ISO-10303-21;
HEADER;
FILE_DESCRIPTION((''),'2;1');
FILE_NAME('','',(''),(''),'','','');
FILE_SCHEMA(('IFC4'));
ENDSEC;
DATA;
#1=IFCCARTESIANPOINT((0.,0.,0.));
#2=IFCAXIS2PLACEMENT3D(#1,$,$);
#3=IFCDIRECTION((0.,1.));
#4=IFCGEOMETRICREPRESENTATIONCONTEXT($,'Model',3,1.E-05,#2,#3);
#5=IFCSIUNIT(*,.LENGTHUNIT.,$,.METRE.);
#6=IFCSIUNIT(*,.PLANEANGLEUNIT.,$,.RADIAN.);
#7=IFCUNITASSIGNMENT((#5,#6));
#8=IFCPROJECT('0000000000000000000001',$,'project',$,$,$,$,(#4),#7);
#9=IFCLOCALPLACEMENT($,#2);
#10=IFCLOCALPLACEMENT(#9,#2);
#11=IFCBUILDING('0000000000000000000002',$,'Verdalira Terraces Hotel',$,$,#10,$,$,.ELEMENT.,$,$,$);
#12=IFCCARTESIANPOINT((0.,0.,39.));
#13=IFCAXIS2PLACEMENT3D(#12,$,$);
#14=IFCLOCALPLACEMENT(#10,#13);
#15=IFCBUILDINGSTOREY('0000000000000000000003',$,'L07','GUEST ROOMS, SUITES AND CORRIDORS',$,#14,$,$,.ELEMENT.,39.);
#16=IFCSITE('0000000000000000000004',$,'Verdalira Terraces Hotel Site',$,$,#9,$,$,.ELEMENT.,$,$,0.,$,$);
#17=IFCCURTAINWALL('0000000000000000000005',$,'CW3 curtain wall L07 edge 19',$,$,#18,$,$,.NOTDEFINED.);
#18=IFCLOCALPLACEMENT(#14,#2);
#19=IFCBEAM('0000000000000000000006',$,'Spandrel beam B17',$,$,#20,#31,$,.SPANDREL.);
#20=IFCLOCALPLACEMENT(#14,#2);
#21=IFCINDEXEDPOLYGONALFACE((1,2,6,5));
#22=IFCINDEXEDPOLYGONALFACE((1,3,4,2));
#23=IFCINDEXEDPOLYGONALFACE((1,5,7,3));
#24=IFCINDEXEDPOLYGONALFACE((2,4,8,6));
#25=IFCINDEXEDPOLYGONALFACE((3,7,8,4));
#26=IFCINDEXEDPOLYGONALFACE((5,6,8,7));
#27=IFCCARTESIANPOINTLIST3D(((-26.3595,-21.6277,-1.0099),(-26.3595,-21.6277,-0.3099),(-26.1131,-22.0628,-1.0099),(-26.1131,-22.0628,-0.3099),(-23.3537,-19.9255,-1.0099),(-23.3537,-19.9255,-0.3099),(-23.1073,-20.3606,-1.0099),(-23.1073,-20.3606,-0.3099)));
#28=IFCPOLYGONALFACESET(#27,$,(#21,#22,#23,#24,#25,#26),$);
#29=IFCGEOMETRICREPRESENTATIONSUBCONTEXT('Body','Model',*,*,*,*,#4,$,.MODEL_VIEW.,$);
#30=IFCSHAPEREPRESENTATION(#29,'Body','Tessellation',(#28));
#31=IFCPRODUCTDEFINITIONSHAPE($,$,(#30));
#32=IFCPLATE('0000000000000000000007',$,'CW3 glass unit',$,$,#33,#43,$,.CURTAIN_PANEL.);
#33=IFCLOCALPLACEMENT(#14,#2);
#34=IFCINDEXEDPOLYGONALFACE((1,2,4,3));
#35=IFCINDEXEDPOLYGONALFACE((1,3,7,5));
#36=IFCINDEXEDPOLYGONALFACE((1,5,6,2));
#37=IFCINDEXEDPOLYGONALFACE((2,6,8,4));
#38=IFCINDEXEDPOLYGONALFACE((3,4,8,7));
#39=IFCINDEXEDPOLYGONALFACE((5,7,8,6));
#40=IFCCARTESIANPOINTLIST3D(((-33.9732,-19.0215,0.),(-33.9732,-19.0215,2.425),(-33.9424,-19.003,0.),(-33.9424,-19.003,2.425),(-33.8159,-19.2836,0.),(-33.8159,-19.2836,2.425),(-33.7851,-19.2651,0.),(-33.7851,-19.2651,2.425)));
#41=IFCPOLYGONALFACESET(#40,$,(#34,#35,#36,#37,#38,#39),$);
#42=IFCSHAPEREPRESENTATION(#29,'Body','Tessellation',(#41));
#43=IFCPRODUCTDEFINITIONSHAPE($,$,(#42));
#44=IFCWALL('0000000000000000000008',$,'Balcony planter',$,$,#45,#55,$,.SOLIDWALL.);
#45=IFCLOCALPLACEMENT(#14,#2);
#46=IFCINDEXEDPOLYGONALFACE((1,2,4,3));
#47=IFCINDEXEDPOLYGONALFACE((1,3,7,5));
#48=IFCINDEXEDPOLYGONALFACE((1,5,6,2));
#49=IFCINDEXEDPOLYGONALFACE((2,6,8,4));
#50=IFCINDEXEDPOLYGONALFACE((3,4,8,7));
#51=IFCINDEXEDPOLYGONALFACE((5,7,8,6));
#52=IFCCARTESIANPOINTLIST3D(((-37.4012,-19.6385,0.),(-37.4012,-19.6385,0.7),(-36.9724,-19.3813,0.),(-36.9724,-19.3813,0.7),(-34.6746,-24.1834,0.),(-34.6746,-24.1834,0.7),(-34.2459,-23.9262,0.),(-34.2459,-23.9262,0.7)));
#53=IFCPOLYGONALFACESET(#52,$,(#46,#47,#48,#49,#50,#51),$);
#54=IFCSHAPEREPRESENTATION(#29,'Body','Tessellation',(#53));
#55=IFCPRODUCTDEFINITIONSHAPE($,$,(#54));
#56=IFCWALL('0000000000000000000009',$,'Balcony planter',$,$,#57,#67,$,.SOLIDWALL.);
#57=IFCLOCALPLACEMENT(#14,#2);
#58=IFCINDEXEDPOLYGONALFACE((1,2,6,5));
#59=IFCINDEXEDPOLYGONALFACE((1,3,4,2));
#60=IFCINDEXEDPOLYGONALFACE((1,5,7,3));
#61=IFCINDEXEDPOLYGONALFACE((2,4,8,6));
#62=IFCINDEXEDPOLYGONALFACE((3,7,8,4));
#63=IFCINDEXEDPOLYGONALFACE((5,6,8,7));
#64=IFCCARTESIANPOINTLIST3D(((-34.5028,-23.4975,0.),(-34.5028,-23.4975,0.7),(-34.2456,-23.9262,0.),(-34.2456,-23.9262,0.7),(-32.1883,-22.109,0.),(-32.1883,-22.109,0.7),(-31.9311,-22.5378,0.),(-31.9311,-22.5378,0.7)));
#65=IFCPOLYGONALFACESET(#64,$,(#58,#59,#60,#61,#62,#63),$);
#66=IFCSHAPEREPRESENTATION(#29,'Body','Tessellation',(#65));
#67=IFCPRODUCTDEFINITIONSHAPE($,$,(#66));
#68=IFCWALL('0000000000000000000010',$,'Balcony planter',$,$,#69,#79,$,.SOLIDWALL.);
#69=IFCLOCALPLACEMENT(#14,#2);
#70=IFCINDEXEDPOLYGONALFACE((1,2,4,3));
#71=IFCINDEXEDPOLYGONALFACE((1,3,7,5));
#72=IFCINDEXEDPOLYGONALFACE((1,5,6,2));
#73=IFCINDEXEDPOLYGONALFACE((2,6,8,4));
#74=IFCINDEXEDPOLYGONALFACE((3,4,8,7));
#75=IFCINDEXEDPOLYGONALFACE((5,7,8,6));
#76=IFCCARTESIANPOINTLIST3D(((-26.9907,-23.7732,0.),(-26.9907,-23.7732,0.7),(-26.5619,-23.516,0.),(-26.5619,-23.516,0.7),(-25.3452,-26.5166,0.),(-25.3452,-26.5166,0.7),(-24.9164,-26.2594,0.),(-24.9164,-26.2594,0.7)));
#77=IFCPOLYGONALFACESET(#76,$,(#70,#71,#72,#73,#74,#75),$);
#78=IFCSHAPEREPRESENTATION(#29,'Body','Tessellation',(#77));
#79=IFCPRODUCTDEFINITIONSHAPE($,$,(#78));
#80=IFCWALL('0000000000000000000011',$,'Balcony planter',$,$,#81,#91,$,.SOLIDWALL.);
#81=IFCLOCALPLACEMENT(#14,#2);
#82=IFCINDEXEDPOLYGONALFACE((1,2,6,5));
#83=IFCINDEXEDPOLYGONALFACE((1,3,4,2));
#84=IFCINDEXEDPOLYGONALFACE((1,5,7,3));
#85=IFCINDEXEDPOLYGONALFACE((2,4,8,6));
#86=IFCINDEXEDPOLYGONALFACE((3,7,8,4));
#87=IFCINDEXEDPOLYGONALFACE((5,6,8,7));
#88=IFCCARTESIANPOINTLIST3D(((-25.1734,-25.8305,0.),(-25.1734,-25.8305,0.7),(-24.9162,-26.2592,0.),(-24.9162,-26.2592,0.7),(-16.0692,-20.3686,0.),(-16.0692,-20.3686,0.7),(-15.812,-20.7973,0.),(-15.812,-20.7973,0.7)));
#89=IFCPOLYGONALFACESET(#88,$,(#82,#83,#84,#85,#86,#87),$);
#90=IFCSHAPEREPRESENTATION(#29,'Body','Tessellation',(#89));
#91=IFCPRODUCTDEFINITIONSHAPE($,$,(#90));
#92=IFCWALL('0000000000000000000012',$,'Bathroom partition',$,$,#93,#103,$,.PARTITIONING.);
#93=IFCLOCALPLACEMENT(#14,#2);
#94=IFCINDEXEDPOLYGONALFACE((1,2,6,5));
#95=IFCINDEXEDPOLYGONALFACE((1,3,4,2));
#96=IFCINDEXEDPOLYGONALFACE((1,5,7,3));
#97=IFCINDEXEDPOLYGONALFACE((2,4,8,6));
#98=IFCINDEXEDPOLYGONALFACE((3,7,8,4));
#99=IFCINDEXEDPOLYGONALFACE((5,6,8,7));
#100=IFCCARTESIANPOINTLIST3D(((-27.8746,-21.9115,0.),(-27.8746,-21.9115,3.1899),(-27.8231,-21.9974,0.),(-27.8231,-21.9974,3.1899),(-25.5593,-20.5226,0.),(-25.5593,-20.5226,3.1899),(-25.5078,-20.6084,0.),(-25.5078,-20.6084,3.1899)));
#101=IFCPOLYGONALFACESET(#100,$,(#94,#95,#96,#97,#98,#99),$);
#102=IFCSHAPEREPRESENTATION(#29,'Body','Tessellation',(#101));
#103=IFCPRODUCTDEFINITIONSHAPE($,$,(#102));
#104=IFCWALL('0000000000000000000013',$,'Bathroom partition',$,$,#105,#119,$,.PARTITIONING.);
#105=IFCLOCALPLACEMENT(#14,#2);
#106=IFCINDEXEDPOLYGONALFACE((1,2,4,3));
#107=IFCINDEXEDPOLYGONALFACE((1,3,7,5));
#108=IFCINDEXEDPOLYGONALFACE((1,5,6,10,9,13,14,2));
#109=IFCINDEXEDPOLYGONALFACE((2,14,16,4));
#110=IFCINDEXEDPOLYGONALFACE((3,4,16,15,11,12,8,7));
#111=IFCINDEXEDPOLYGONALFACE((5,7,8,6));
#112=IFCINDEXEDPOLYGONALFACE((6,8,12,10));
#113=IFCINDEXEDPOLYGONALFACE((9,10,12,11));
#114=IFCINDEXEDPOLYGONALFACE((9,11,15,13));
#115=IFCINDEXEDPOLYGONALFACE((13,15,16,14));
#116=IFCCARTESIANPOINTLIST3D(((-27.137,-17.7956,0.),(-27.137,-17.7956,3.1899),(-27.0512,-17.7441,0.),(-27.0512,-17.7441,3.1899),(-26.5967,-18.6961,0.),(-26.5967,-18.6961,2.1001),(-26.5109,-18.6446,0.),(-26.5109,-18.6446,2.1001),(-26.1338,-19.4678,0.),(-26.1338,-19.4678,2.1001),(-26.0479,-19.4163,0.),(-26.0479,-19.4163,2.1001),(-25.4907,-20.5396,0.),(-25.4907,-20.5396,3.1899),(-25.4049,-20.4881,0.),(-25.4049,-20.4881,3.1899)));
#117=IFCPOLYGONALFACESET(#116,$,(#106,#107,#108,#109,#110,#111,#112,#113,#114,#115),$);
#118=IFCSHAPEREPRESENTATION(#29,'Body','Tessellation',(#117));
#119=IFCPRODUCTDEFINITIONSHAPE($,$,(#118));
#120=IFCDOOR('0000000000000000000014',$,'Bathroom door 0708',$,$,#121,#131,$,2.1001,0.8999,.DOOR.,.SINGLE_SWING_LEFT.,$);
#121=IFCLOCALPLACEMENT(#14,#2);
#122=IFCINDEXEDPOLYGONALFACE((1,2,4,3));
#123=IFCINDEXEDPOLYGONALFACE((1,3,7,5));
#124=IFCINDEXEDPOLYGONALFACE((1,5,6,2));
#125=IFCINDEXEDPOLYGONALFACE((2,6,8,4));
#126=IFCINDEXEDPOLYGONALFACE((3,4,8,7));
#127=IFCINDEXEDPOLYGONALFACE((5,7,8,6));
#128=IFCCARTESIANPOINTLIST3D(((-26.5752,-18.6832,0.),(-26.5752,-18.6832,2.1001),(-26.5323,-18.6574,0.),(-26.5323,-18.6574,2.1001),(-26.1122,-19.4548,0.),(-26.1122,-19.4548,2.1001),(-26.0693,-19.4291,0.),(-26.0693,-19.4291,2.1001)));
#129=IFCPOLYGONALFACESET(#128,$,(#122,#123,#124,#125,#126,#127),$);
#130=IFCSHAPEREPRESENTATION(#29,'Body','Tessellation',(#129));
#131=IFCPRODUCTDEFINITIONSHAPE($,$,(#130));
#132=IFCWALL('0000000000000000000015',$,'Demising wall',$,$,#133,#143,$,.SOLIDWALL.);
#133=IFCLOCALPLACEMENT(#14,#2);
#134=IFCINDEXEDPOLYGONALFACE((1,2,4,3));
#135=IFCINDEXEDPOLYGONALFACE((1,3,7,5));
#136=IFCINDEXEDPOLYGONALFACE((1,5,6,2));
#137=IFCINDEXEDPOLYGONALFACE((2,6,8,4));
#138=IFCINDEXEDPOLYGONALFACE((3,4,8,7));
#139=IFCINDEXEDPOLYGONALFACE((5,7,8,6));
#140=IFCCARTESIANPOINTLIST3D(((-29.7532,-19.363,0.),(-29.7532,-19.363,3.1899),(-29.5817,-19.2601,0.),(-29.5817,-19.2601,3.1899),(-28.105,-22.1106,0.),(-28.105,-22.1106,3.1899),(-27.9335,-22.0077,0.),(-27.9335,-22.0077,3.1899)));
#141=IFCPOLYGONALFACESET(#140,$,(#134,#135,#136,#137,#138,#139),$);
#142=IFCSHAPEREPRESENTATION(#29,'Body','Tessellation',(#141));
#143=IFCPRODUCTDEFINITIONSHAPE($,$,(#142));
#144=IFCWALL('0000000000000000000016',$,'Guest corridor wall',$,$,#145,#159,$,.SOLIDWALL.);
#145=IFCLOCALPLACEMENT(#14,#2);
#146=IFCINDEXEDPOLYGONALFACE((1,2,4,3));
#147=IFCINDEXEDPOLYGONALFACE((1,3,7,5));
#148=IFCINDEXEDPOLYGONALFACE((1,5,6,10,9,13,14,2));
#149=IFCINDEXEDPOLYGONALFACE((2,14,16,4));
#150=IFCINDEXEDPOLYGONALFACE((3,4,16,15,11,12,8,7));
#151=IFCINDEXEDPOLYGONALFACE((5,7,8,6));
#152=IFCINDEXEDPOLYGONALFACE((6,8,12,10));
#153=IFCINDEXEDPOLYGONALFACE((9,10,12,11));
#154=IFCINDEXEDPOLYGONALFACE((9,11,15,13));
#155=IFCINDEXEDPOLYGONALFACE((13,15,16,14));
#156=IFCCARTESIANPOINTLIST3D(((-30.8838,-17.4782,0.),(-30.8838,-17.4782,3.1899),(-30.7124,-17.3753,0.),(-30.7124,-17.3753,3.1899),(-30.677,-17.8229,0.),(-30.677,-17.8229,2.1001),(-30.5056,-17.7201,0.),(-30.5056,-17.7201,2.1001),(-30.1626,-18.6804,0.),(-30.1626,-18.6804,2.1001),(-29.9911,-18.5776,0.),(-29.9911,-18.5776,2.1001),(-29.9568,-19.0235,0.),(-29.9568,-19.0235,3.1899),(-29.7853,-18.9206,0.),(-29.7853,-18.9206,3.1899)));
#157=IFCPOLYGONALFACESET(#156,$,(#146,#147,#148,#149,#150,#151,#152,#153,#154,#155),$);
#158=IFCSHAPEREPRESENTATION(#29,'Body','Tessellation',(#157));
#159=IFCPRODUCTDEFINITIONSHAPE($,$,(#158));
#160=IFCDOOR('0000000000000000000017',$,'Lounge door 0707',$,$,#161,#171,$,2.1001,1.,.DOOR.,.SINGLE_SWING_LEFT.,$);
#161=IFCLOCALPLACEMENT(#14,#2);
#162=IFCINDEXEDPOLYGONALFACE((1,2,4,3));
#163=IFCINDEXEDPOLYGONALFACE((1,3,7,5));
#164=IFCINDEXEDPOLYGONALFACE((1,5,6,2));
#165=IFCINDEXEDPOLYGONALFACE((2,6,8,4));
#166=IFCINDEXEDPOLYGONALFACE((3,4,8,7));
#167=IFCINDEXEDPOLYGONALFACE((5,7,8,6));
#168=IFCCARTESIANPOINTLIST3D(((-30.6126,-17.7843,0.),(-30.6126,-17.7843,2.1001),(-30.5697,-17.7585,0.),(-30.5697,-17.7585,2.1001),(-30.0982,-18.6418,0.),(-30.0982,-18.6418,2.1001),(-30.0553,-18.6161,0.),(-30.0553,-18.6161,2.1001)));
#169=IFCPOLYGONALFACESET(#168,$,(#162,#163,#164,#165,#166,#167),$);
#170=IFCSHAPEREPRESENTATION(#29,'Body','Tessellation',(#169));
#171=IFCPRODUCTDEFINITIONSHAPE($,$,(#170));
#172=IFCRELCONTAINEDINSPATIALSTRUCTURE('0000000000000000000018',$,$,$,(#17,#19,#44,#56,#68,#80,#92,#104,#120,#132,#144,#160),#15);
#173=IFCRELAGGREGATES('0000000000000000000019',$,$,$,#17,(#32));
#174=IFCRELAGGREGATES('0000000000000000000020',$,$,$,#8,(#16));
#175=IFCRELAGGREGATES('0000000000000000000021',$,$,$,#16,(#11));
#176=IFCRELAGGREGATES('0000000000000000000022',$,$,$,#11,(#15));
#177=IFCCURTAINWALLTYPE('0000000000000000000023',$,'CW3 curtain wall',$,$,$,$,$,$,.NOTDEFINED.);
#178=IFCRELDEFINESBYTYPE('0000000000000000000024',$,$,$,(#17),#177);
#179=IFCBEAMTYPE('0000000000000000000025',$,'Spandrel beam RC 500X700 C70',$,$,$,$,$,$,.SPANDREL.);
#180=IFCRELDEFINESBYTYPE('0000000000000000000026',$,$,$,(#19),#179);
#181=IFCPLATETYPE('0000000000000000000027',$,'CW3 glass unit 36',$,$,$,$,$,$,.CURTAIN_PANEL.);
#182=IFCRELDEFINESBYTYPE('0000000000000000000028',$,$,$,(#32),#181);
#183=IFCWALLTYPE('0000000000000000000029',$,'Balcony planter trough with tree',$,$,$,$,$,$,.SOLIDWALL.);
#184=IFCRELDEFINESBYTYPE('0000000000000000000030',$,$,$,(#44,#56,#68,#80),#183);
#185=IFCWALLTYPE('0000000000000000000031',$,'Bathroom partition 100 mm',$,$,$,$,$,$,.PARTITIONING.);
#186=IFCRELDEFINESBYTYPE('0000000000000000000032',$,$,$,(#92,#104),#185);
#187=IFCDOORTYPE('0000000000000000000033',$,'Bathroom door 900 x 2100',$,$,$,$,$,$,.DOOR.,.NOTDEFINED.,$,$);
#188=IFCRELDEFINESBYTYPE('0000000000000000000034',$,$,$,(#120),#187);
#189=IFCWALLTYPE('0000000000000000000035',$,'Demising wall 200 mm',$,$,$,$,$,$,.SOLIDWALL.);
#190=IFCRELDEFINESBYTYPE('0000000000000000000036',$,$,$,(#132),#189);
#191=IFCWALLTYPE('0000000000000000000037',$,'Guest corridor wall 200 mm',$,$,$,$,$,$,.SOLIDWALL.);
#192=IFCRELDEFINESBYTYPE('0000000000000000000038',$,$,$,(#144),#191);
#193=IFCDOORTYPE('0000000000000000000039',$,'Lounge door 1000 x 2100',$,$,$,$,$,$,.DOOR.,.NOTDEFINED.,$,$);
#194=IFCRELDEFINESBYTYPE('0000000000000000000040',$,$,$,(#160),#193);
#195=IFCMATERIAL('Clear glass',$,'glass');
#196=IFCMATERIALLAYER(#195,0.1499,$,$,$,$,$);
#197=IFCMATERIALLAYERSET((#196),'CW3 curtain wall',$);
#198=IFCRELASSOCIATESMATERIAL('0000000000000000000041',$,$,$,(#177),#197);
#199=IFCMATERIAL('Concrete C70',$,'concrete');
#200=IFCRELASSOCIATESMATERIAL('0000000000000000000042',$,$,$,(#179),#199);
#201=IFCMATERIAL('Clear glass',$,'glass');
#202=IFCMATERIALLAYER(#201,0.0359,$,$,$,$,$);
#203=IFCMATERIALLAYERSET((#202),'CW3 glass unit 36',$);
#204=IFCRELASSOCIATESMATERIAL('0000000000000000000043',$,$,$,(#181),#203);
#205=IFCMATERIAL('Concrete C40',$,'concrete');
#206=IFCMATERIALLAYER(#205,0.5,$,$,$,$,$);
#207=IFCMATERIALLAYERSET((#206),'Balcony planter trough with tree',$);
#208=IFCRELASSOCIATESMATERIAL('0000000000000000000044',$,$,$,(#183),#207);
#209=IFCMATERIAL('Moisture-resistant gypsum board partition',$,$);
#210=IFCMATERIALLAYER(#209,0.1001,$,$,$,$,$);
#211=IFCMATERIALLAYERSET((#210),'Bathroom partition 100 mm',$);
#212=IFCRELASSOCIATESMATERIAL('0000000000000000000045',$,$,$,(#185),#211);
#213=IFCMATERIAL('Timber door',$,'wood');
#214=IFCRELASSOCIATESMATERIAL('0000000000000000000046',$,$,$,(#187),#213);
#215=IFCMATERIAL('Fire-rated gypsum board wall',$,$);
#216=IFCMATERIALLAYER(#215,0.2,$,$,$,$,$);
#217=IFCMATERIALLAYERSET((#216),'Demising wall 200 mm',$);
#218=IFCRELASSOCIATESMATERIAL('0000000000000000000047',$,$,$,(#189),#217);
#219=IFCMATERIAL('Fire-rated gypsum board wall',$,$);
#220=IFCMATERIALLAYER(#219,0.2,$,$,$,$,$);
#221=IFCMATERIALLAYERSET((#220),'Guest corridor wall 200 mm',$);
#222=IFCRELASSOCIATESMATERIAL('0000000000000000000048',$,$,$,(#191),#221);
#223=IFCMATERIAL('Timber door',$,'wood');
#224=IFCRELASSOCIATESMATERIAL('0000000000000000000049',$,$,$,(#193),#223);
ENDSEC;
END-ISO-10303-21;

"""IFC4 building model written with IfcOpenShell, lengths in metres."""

from ifc_helpers import new_model, si_unit, direction, frame, frame_2d, origin, origin_2d, place, context, subcontext, project, spatial, rectangle, extrude, material, layer, layer_set, material_profile, profile_set, type_object, element, fill, aggregate, save


model = new_model("IFC4")

# Units and contexts
model_context = context("Model", 3, precision=1e-05, world=origin(), true_north=direction((0.0, 1.0)))
body_context = subcontext(model_context, "Body", "Model", "MODEL_VIEW")
ifc_project = project(units=[si_unit("LENGTHUNIT", "METRE"), si_unit("PLANEANGLEUNIT", "RADIAN")], contexts=[model_context])

# Site, building, storey
site_placement = place(None, origin())
site = spatial("IfcSite", under=ifc_project, at=site_placement, Name="Verdalira Terraces Hotel Site", CompositionType="ELEMENT", RefElevation=0.0)
building_placement = place(site_placement, origin())
building = spatial("IfcBuilding", under=site, at=building_placement, Name="Verdalira Terraces Hotel", CompositionType="ELEMENT")
storey_placement = place(building_placement, frame((0.0, 0.0, 39.0)))
storey = spatial("IfcBuildingStorey", under=building, at=storey_placement, Name="L07", Description="GUEST ROOMS, SUITES AND CORRIDORS", CompositionType="ELEMENT", Elevation=39.0)

# Curtain wall
ifc_material_1 = material(Name="Clear glass", Category="glass")
ifc_layer_1 = layer(ifc_material_1, 0.1499)
ifc_layer_set_1 = layer_set([ifc_layer_1], Name="CW3 curtain wall")
curtain_wall_type_1 = type_object("IfcCurtainWallType", Name="CW3 curtain wall", PredefinedType="NOTDEFINED", material=ifc_layer_set_1)
curtain_wall_1_placement = place(storey_placement, origin())
curtain_wall_1 = element("IfcCurtainWall", 1, at=curtain_wall_1_placement, inside=storey, type_object=curtain_wall_type_1, Name="CW3 curtain wall L07 edge 19", PredefinedType="NOTDEFINED")

# Beam
ifc_material_2 = material(Name="Concrete C70", Category="concrete")
ifc_material_profile_1 = material_profile(ifc_material_2, rectangle(XDim=0.5, YDim=0.7, at=origin_2d()), Name="RC 500X700")
ifc_profile_set_1 = profile_set([ifc_material_profile_1], Name="Concrete C70")
beam_type_1 = type_object("IfcBeamType", Name="Spandrel beam RC 500X700 C70", PredefinedType="SPANDREL", material=ifc_profile_set_1)
beam_1_placement = place(storey_placement, frame((-26.2363, -21.8452, -0.6599), z_axis=(0.870168, 0.492756, 0.0), x_axis=(-0.492756, 0.870168, 0.0)))
element("IfcBeam", 2, at=beam_1_placement, inside=storey, type_object=beam_type_1, Name="Spandrel beam B17", PredefinedType="SPANDREL", context=body_context, shape_type="SweptSolid", body=[
    extrude(rectangle(XDim=0.5, YDim=0.7, at=origin_2d()), origin(), (0.0, 0.0, 1.0), 3.4543),
])

# Plate
ifc_material_3 = material(Name="Clear glass", Category="glass")
ifc_layer_2 = layer(ifc_material_3, 0.0359)
ifc_layer_set_2 = layer_set([ifc_layer_2], Name="CW3 glass unit 36")
plate_type = type_object("IfcPlateType", Name="CW3 glass unit 36", PredefinedType="CURTAIN_PANEL", material=ifc_layer_set_2)
plate_placement = place(storey_placement, frame((-33.8792, -19.1433, 0.0), z_axis=(0.0, 0.0, 1.0), x_axis=(0.51444, -0.857527, 0.0)))
plate = element("IfcPlate", 3, at=plate_placement, type_object=plate_type, Name="CW3 glass unit", PredefinedType="CURTAIN_PANEL", context=body_context, shape_type="SweptSolid", body=[
    extrude(rectangle(XDim=0.3057, YDim=0.0359, at=origin_2d()), origin(), (0.0, 0.0, 1.0), 2.425),
])
aggregate(curtain_wall_1, [plate])

# Walls
ifc_material_4 = material(Name="Concrete C40", Category="concrete")
ifc_layer_3 = layer(ifc_material_4, 0.5)
ifc_layer_set_3 = layer_set([ifc_layer_3], Name="Balcony planter trough with tree")
wall_type_1 = type_object("IfcWallType", Name="Balcony planter trough with tree", PredefinedType="SOLIDWALL", material=ifc_layer_set_3)
wall_1_placement = place(storey_placement, frame((-37.1868, -19.51, 0.0), z_axis=(0.0, 0.0, 1.0), x_axis=(0.514442, -0.857525, 0.0)))
element("IfcWall", 4, at=wall_1_placement, inside=storey, type_object=wall_type_1, Name="Balcony planter", PredefinedType="SOLIDWALL", context=body_context, shape_type="SweptSolid", body=[
    extrude(rectangle(XDim=5.3, YDim=0.5, at=frame_2d((2.6499, 0.0))), origin(), (0.0, 0.0, 1.0), 0.7),
])
wall_2_placement = place(storey_placement, frame((-34.3743, -23.7119, 0.0), z_axis=(0.0, 0.0, 1.0), x_axis=(0.857533, 0.514429, 0.0)))
element("IfcWall", 5, at=wall_2_placement, inside=storey, type_object=wall_type_1, Name="Balcony planter", PredefinedType="SOLIDWALL", context=body_context, shape_type="SweptSolid", body=[
    extrude(rectangle(XDim=2.699, YDim=0.5, at=frame_2d((1.3496, 0.0))), origin(), (0.0, 0.0, 1.0), 0.7),
])
wall_3_placement = place(storey_placement, frame((-26.7764, -23.6445, 0.0), z_axis=(0.0, 0.0, 1.0), x_axis=(0.514372, -0.857567, 0.0)))
element("IfcWall", 6, at=wall_3_placement, inside=storey, type_object=wall_type_1, Name="Balcony planter", PredefinedType="SOLIDWALL", context=body_context, shape_type="SweptSolid", body=[
    extrude(rectangle(XDim=3.199, YDim=0.5, at=frame_2d((1.5996, 0.0))), origin(), (0.0, 0.0, 1.0), 0.7),
])
wall_4_placement = place(storey_placement, frame((-25.0449, -26.0449, 0.0), z_axis=(0.0, 0.0, 1.0), x_axis=(0.857519, 0.514452, 0.0)))
element("IfcWall", 7, at=wall_4_placement, inside=storey, type_object=wall_type_1, Name="Balcony planter", PredefinedType="SOLIDWALL", context=body_context, shape_type="SweptSolid", body=[
    extrude(rectangle(XDim=10.6169, YDim=0.5, at=frame_2d((5.3086, 0.0))), origin(), (0.0, 0.0, 1.0), 0.7),
])
ifc_material_5 = material(Name="Moisture-resistant gypsum board partition")
ifc_layer_4 = layer(ifc_material_5, 0.1001)
ifc_layer_set_4 = layer_set([ifc_layer_4], Name="Bathroom partition 100 mm")
wall_type_2 = type_object("IfcWallType", Name="Bathroom partition 100 mm", PredefinedType="PARTITIONING", material=ifc_layer_set_4)
wall_5_placement = place(storey_placement, frame((-25.5334, -20.5654, 0.0), z_axis=(0.0, 0.0, 1.0), x_axis=(-0.857525, -0.514443, 0.0)))
element("IfcWall", 8, at=wall_5_placement, inside=storey, type_object=wall_type_2, Name="Bathroom partition", PredefinedType="PARTITIONING", context=body_context, shape_type="SweptSolid", body=[
    extrude(rectangle(XDim=2.7, YDim=0.1001, at=frame_2d((1.3501, 0.0))), origin(), (0.0, 0.0, 1.0), 3.1899),
])

# Wall, opening, door
wall_6_placement = place(storey_placement, frame((-25.4478, -20.5139, 0.0), z_axis=(0.0, 0.0, 1.0), x_axis=(-0.514473, 0.857506, 0.0)))
wall_6 = element("IfcWall", 9, at=wall_6_placement, inside=storey, type_object=wall_type_2, Name="Bathroom partition", PredefinedType="PARTITIONING", context=body_context, shape_type="SweptSolid", body=[
    extrude(rectangle(XDim=3.2, YDim=0.1001, at=frame_2d((1.6001, 0.0))), origin(), (0.0, 0.0, 1.0), 3.1899),
])
opening_1_placement = place(wall_6_placement, frame((1.25, 0.0, 0.0)))
opening_1 = element("IfcOpeningElement", 10, at=opening_1_placement, cuts=wall_6, PredefinedType="OPENING", context=body_context, shape_type="SweptSolid", body=[
    extrude(rectangle(XDim=0.8999, YDim=2.1001, at=frame_2d((0.45, 1.05))), frame((0.0, 0.0601, 0.0), z_axis=(0.0, -1.0, 0.0), x_axis=(1.0, 0.0, 0.0)), (0.0, 0.0, 1.0), 0.1201),
])
ifc_material_6 = material(Name="Timber door", Category="wood")
door_type_1 = type_object("IfcDoorType", Name="Bathroom door 900 x 2100", OperationType="NOTDEFINED", PredefinedType="DOOR", material=ifc_material_6)
door_1_placement = place(opening_1_placement, origin())
door_1 = element("IfcDoor", 11, at=door_1_placement, inside=storey, type_object=door_type_1, Name="Bathroom door 0708", OperationType="SINGLE_SWING_LEFT", OverallHeight=2.1001, OverallWidth=0.8999, PredefinedType="DOOR", context=body_context, shape_type="SweptSolid", body=[
    extrude(rectangle(XDim=0.8999, YDim=2.1001, at=frame_2d((0.45, 1.05))), frame((0.0, 0.0249, 0.0), z_axis=(0.0, -1.0, 0.0), x_axis=(1.0, 0.0, 0.0)), (0.0, 0.0, 1.0), 0.05),
])
fill(opening_1, door_1)

# Wall
ifc_material_7 = material(Name="Fire-rated gypsum board wall")
ifc_layer_5 = layer(ifc_material_7, 0.2)
ifc_layer_set_5 = layer_set([ifc_layer_5], Name="Demising wall 200 mm")
wall_type_3 = type_object("IfcWallType", Name="Demising wall 200 mm", PredefinedType="SOLIDWALL", material=ifc_layer_set_5)
wall_7_placement = place(storey_placement, frame((-29.6675, -19.3115, 0.0), z_axis=(0.0, 0.0, 1.0), x_axis=(0.514417, -0.85754, 0.0)))
element("IfcWall", 12, at=wall_7_placement, inside=storey, type_object=wall_type_3, Name="Demising wall", PredefinedType="SOLIDWALL", context=body_context, shape_type="SweptSolid", body=[
    extrude(rectangle(XDim=3.2041, YDim=0.2, at=frame_2d((1.6021, 0.0))), origin(), (0.0, 0.0, 1.0), 3.1899),
])

# Wall, opening, door
ifc_material_8 = material(Name="Fire-rated gypsum board wall")
ifc_layer_6 = layer(ifc_material_8, 0.2)
ifc_layer_set_6 = layer_set([ifc_layer_6], Name="Guest corridor wall 200 mm")
wall_type_4 = type_object("IfcWallType", Name="Guest corridor wall 200 mm", PredefinedType="SOLIDWALL", material=ifc_layer_set_6)
wall_8_placement = place(storey_placement, frame((-29.8711, -18.9719, 0.0), z_axis=(0.0, 0.0, 1.0), x_axis=(-0.514456, 0.857517, 0.0)))
wall_8 = element("IfcWall", 13, at=wall_8_placement, inside=storey, type_object=wall_type_4, Name="Guest corridor wall", PredefinedType="SOLIDWALL", context=body_context, shape_type="SweptSolid", body=[
    extrude(rectangle(XDim=1.802, YDim=0.2, at=frame_2d((0.9009, 0.0))), origin(), (0.0, 0.0, 1.0), 3.1899),
])
opening_2_placement = place(wall_8_placement, frame((0.3999, 0.0, 0.0)))
opening_2 = element("IfcOpeningElement", 14, at=opening_2_placement, cuts=wall_8, PredefinedType="OPENING", context=body_context, shape_type="SweptSolid", body=[
    extrude(rectangle(XDim=1.0, YDim=2.1001, at=frame_2d((0.5, 1.05))), frame((0.0, 0.1099, 0.0), z_axis=(0.0, -1.0, 0.0), x_axis=(1.0, 0.0, 0.0)), (0.0, 0.0, 1.0), 0.22),
])
ifc_material_9 = material(Name="Timber door", Category="wood")
door_type_2 = type_object("IfcDoorType", Name="Lounge door 1000 x 2100", OperationType="NOTDEFINED", PredefinedType="DOOR", material=ifc_material_9)
door_2_placement = place(opening_2_placement, origin())
door_2 = element("IfcDoor", 15, at=door_2_placement, inside=storey, type_object=door_type_2, Name="Lounge door 0707", OperationType="SINGLE_SWING_LEFT", OverallHeight=2.1001, OverallWidth=1.0, PredefinedType="DOOR", context=body_context, shape_type="SweptSolid", body=[
    extrude(rectangle(XDim=1.0, YDim=2.1001, at=frame_2d((0.5, 1.05))), frame((0.0, 0.0249, 0.0), z_axis=(0.0, -1.0, 0.0), x_axis=(1.0, 0.0, 0.0)), (0.0, 0.0, 1.0), 0.05),
])
fill(opening_2, door_2)

save(model, "model.ifc")
